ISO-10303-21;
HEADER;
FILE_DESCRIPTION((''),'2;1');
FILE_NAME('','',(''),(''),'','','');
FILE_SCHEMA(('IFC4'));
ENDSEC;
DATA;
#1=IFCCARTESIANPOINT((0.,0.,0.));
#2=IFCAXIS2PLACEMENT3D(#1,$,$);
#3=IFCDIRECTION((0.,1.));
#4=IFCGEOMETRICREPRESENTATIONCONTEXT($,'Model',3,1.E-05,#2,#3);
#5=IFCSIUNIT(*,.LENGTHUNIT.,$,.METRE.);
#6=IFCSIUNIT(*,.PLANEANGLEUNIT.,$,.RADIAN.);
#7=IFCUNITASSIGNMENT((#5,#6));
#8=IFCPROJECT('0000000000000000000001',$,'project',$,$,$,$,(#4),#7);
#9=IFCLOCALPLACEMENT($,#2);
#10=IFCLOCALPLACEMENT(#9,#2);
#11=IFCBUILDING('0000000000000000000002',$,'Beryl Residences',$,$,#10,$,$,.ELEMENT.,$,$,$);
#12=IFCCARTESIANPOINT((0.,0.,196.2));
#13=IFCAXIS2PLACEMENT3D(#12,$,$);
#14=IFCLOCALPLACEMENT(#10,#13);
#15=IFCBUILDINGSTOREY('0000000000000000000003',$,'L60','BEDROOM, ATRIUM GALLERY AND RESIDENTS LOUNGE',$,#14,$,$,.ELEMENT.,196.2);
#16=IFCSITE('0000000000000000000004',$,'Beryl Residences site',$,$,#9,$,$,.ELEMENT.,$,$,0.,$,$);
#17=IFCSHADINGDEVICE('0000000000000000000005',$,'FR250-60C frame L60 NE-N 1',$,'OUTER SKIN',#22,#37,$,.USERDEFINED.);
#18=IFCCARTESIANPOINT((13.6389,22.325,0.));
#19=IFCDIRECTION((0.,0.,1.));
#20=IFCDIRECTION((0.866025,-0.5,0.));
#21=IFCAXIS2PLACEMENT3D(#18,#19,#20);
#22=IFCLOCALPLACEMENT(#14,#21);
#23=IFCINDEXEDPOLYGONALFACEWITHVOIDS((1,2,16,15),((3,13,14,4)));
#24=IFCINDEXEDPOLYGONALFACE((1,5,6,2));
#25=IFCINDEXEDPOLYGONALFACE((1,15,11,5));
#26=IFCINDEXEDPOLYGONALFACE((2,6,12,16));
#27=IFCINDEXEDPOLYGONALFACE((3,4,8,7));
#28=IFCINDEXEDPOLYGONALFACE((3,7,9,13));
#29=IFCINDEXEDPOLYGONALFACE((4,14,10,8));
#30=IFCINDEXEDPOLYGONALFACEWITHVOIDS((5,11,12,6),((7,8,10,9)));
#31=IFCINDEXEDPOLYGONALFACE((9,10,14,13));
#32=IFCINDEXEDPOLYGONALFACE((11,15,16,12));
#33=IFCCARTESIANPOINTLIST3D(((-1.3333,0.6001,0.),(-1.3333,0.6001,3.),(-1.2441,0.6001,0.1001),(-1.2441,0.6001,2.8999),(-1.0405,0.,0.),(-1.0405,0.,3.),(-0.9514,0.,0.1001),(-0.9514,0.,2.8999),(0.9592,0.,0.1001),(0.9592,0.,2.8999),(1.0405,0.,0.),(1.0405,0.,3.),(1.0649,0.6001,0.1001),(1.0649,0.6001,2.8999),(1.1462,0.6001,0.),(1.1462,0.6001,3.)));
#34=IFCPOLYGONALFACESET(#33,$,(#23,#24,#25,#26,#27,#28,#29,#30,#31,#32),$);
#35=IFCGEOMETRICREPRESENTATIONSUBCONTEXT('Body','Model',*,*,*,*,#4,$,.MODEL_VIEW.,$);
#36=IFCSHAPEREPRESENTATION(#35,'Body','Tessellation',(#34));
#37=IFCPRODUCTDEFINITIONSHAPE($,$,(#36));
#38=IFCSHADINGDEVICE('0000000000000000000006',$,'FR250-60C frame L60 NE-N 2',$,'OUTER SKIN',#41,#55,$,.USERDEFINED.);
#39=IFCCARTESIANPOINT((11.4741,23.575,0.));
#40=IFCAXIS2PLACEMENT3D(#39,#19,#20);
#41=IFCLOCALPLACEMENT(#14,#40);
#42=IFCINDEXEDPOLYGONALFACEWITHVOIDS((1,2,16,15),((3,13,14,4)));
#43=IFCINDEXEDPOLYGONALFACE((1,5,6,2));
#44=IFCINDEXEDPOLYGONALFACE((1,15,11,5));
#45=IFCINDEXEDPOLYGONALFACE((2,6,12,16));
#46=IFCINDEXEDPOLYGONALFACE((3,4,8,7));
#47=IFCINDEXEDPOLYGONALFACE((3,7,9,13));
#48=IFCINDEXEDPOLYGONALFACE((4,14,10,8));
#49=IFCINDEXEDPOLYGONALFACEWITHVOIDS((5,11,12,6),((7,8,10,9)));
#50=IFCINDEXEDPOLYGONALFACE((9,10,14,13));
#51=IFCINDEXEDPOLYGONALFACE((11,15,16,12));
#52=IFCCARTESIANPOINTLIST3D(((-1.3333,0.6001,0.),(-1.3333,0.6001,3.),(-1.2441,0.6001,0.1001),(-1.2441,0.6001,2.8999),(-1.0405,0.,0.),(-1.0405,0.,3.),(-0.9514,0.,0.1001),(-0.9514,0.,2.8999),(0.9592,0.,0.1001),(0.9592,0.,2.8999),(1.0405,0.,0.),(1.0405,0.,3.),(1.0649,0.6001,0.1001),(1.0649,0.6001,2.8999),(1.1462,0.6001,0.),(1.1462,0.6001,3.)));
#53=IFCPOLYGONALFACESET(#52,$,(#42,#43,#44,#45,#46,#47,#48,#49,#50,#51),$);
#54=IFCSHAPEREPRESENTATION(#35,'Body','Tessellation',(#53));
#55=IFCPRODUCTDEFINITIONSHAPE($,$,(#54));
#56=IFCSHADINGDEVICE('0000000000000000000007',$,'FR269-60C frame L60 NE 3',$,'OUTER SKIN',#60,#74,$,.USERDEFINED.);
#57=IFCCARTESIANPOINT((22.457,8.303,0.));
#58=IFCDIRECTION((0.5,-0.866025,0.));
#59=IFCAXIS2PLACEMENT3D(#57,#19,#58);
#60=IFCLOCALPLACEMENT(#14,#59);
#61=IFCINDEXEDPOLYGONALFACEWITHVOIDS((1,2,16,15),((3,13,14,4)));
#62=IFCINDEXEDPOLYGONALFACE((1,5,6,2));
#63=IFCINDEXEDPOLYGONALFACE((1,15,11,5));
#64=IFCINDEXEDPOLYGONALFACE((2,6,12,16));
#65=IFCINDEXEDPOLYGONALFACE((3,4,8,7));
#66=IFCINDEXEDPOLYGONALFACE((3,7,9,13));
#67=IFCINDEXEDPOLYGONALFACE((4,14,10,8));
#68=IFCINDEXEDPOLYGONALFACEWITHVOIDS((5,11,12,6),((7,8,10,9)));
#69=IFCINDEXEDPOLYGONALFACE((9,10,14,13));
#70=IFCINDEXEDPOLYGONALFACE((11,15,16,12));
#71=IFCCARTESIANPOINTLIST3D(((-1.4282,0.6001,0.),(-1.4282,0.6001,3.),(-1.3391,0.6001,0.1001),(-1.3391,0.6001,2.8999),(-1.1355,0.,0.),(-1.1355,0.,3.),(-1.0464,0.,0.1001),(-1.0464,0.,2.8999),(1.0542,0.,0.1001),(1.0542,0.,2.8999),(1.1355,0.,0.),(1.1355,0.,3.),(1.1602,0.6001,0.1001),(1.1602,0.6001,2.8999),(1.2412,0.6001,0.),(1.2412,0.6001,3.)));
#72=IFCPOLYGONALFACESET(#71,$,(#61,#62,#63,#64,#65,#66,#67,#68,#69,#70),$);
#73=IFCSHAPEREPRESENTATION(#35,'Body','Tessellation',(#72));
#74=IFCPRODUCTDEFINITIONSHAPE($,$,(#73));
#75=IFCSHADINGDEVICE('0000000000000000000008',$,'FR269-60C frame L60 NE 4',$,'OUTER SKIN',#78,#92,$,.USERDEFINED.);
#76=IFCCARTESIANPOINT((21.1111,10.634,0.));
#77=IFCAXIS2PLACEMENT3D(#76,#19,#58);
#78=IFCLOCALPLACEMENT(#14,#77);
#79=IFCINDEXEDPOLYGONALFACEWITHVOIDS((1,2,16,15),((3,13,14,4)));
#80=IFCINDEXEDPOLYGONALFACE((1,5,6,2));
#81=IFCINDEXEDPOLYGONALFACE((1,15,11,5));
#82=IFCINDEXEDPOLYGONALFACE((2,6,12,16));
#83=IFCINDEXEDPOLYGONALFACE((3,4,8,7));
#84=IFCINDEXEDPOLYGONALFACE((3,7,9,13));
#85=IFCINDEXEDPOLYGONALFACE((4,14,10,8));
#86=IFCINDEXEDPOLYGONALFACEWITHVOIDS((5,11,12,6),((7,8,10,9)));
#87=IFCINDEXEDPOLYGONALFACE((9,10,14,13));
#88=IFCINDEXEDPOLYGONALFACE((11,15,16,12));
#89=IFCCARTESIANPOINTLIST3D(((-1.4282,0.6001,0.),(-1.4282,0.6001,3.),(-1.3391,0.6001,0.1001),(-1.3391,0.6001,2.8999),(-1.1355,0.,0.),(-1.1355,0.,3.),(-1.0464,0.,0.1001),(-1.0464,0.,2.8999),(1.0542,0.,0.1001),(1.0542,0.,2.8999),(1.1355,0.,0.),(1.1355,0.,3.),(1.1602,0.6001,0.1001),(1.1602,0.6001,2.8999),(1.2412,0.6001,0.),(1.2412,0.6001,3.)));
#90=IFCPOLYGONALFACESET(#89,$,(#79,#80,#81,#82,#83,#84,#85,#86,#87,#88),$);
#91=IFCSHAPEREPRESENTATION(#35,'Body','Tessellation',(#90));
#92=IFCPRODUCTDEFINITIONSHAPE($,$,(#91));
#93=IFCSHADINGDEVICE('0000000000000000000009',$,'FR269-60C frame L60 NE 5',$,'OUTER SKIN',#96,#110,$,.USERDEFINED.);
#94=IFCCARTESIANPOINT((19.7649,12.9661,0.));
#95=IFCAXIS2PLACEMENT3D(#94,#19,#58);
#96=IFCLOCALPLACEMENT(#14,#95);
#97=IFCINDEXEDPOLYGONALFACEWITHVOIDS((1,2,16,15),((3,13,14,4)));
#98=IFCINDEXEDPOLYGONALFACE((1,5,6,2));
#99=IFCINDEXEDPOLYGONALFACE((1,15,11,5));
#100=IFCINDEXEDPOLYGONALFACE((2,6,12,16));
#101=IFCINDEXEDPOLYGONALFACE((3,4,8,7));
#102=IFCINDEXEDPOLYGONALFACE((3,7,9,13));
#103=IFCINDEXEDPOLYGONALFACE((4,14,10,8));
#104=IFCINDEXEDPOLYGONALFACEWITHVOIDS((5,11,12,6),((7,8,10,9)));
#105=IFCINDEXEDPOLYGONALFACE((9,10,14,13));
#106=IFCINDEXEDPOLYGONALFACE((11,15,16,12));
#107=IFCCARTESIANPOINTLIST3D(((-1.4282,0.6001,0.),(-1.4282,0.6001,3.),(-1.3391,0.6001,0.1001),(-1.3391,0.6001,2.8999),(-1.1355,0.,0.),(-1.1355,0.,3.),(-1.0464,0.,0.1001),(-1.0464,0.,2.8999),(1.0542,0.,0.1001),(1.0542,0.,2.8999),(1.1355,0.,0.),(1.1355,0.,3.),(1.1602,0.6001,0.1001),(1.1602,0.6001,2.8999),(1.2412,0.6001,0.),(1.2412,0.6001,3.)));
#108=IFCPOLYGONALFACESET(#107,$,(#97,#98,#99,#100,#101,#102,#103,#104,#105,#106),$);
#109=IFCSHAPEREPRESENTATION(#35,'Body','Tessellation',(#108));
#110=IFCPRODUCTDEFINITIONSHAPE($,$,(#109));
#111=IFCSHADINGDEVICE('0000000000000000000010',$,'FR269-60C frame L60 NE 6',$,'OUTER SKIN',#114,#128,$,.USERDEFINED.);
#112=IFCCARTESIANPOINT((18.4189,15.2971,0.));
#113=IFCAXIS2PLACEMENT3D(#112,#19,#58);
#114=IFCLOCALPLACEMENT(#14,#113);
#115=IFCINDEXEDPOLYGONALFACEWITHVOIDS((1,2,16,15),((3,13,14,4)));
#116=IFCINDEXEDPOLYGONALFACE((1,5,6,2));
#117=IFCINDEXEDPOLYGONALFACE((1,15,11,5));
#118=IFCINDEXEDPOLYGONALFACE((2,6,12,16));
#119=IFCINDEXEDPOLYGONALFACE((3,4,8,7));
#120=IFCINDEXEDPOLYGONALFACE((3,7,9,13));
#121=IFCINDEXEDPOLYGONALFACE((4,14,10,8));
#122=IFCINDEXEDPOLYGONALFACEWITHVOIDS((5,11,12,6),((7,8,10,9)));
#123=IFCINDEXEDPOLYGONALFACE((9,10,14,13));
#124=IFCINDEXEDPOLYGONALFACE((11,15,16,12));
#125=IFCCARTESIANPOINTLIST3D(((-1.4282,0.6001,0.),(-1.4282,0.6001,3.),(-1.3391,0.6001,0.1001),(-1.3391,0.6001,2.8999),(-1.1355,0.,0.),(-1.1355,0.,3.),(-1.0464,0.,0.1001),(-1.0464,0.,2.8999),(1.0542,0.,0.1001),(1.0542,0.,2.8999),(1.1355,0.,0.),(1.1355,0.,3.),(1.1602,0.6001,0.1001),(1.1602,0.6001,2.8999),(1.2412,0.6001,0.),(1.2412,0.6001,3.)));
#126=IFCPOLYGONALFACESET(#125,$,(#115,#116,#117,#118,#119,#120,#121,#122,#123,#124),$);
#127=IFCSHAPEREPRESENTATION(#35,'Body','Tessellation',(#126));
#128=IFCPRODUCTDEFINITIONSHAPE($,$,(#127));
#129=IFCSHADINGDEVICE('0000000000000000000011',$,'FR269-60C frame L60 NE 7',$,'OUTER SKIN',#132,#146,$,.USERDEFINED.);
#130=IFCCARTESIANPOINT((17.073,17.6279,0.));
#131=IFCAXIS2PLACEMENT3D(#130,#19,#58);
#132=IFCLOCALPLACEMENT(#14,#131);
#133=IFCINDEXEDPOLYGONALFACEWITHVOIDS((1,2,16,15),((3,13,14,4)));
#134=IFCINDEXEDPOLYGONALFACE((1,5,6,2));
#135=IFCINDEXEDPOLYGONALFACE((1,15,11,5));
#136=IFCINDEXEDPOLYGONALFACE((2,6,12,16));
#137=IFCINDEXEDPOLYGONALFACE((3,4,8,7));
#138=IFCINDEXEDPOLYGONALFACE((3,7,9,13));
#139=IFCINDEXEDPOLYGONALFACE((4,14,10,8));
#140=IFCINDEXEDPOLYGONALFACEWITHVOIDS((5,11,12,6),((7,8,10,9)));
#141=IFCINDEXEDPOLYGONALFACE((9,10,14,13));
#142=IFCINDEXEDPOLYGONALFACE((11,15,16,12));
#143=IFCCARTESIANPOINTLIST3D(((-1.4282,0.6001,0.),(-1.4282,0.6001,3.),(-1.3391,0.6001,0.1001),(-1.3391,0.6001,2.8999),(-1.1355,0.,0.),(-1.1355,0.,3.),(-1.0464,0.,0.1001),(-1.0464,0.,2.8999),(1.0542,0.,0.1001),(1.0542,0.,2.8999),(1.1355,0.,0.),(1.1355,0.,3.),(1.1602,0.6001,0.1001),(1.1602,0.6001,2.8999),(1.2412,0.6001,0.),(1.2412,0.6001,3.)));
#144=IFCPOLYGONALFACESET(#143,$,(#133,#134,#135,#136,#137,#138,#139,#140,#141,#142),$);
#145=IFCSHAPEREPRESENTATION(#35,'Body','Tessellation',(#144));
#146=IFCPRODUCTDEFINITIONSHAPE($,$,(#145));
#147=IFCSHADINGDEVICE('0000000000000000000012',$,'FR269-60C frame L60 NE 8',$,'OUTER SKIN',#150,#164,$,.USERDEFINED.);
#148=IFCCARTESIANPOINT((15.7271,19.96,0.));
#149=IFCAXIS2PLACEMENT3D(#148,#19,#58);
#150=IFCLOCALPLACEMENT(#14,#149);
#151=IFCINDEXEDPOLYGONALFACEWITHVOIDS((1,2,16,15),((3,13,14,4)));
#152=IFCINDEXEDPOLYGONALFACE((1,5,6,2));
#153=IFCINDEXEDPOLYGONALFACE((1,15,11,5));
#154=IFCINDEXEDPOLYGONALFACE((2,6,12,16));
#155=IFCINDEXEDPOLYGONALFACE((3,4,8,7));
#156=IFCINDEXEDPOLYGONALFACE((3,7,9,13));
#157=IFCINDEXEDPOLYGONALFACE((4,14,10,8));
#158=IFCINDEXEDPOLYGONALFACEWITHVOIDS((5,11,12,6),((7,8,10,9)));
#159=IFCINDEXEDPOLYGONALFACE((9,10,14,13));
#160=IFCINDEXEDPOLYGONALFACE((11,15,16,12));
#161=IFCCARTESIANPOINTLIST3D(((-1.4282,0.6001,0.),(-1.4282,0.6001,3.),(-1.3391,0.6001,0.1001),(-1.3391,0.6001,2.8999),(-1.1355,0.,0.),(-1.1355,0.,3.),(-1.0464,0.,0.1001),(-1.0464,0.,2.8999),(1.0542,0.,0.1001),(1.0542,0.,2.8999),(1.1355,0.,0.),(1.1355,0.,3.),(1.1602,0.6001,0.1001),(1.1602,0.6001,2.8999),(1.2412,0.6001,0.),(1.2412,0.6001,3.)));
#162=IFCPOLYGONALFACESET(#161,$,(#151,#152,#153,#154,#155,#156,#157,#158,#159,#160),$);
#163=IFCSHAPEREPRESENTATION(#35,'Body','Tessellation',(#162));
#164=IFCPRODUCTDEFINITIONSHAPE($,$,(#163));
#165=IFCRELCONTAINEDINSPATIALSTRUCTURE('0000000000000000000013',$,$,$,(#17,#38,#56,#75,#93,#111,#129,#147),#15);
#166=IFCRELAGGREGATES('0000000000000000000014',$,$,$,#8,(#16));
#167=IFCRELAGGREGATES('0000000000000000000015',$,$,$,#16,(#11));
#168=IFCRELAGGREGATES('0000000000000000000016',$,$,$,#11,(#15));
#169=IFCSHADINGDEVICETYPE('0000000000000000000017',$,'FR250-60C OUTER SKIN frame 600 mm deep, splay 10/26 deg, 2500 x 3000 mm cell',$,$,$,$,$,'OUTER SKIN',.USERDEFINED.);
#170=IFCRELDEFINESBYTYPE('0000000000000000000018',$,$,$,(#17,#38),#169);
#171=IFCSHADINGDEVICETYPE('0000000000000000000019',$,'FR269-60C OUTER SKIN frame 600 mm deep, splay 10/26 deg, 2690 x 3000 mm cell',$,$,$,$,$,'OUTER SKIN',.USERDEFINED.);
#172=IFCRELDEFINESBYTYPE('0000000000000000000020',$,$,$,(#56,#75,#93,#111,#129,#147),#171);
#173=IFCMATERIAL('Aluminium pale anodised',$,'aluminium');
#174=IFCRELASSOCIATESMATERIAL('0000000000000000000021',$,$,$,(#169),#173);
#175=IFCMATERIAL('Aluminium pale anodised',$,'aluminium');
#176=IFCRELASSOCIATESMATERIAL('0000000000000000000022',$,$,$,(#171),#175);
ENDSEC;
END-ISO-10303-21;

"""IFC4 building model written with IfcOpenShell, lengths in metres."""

from ifc_helpers import new_model, entity, si_unit, direction, frame, origin, place, context, subcontext, project, spatial, source, transform, mapped, material, type_object, type_shapes, element, save


model = new_model("IFC4")

# Units and contexts
model_context = context("Model", 3, precision=1e-05, world=origin(), true_north=direction((0.0, 1.0)))
body_context = subcontext(model_context, "Body", "Model", "MODEL_VIEW")
ifc_project = project(units=[si_unit("LENGTHUNIT", "METRE"), si_unit("PLANEANGLEUNIT", "RADIAN")], contexts=[model_context])

# Site, building, storey
site_placement = place(None, origin())
site = spatial("IfcSite", under=ifc_project, at=site_placement, Name="Beryl Residences site", CompositionType="ELEMENT", RefElevation=0.0)
building_placement = place(site_placement, origin())
building = spatial("IfcBuilding", under=site, at=building_placement, Name="Beryl Residences", CompositionType="ELEMENT")
storey_placement = place(building_placement, frame((0.0, 0.0, 196.2)))
storey = spatial("IfcBuildingStorey", under=building, at=storey_placement, Name="L60", Description="BEDROOM, ATRIUM GALLERY AND RESIDENTS LOUNGE", CompositionType="ELEMENT", Elevation=196.2)

# Shading devices
ifc_material_1 = material(Name="Aluminium pale anodised", Category="aluminium")
shading_device_type_1 = type_object("IfcShadingDeviceType", Name="FR250-60C OUTER SKIN frame 600 mm deep, splay 10/26 deg, 2500 x 3000 mm cell", ElementType="OUTER SKIN", PredefinedType="USERDEFINED", material=ifc_material_1)
cartesian_point_1 = entity("IfcCartesianPoint", [-1.0405, 0.0])
cartesian_point_2 = entity("IfcCartesianPoint", [-0.9592, 0.1001])
cartesian_point_3 = entity("IfcCartesianPoint", [-1.1462, 0.0])
cartesian_point_4 = entity("IfcCartesianPoint", [-1.0649, 0.1001])
shared_shape_1 = source(origin(), body_context, "Body", "SweptSolid", [
    entity("IfcExtrudedAreaSolidTapered", entity("IfcArbitraryProfileDefWithVoids", "AREA", None, entity("IfcPolyline", [cartesian_point_1, entity("IfcCartesianPoint", [1.0405, 0.0]), entity("IfcCartesianPoint", [1.0405, 3.0]), entity("IfcCartesianPoint", [-1.0405, 3.0]), cartesian_point_1]), [entity("IfcPolyline", [cartesian_point_2, entity("IfcCartesianPoint", [0.9514, 0.1001]), entity("IfcCartesianPoint", [0.9514, 2.8999]), entity("IfcCartesianPoint", [-0.9592, 2.8999]), cartesian_point_2])]), entity("IfcAxis2Placement3D", entity("IfcCartesianPoint", [0.0, 0.0, 0.0]), entity("IfcDirection", [0.0, 1.0, 0.0]), entity("IfcDirection", [-1.0, 0.0, 0.0])), entity("IfcDirection", [0.0, 0.0, 1.0]), 0.6001, entity("IfcArbitraryProfileDefWithVoids", "AREA", None, entity("IfcPolyline", [cartesian_point_3, entity("IfcCartesianPoint", [1.3333, 0.0]), entity("IfcCartesianPoint", [1.3333, 3.0]), entity("IfcCartesianPoint", [-1.1462, 3.0]), cartesian_point_3]), [entity("IfcPolyline", [cartesian_point_4, entity("IfcCartesianPoint", [1.2441, 0.1001]), entity("IfcCartesianPoint", [1.2441, 2.8999]), entity("IfcCartesianPoint", [-1.0649, 2.8999]), cartesian_point_4])])),
])
type_shapes(shading_device_type_1, [shared_shape_1])
for number, where, z_axis, x_axis, name in (
    (1, (13.6389, 22.325, 0.0), (0.0, 0.0, 1.0), (0.866025, -0.5, 0.0), "FR250-60C frame L60 NE-N 1"),
    (2, (11.4741, 23.575, 0.0), (0.0, 0.0, 1.0), (0.866025, -0.5, 0.0), "FR250-60C frame L60 NE-N 2"),
):
    element("IfcShadingDevice", number, at=place(storey_placement, frame(where, z_axis=z_axis, x_axis=x_axis)), inside=storey, type_object=shading_device_type_1, Name=name, ObjectType="OUTER SKIN", PredefinedType="USERDEFINED", context=body_context, shape_type="MappedRepresentation", body=[
        mapped(shared_shape_1, transform((0.0, 0.0, 0.0))),
    ])
ifc_material_2 = material(Name="Aluminium pale anodised", Category="aluminium")
shading_device_type_2 = type_object("IfcShadingDeviceType", Name="FR269-60C OUTER SKIN frame 600 mm deep, splay 10/26 deg, 2690 x 3000 mm cell", ElementType="OUTER SKIN", PredefinedType="USERDEFINED", material=ifc_material_2)
cartesian_point_5 = entity("IfcCartesianPoint", [-1.1355, 0.0])
cartesian_point_6 = entity("IfcCartesianPoint", [-1.0542, 0.1001])
cartesian_point_7 = entity("IfcCartesianPoint", [-1.2412, 0.0])
cartesian_point_8 = entity("IfcCartesianPoint", [-1.1602, 0.1001])
shared_shape_2 = source(origin(), body_context, "Body", "SweptSolid", [
    entity("IfcExtrudedAreaSolidTapered", entity("IfcArbitraryProfileDefWithVoids", "AREA", None, entity("IfcPolyline", [cartesian_point_5, entity("IfcCartesianPoint", [1.1355, 0.0]), entity("IfcCartesianPoint", [1.1355, 3.0]), entity("IfcCartesianPoint", [-1.1355, 3.0]), cartesian_point_5]), [entity("IfcPolyline", [cartesian_point_6, entity("IfcCartesianPoint", [1.0464, 0.1001]), entity("IfcCartesianPoint", [1.0464, 2.8999]), entity("IfcCartesianPoint", [-1.0542, 2.8999]), cartesian_point_6])]), entity("IfcAxis2Placement3D", entity("IfcCartesianPoint", [0.0, 0.0, 0.0]), entity("IfcDirection", [0.0, 1.0, 0.0]), entity("IfcDirection", [-1.0, 0.0, 0.0])), entity("IfcDirection", [0.0, 0.0, 1.0]), 0.6001, entity("IfcArbitraryProfileDefWithVoids", "AREA", None, entity("IfcPolyline", [cartesian_point_7, entity("IfcCartesianPoint", [1.4282, 0.0]), entity("IfcCartesianPoint", [1.4282, 3.0]), entity("IfcCartesianPoint", [-1.2412, 3.0]), cartesian_point_7]), [entity("IfcPolyline", [cartesian_point_8, entity("IfcCartesianPoint", [1.3391, 0.1001]), entity("IfcCartesianPoint", [1.3391, 2.8999]), entity("IfcCartesianPoint", [-1.1602, 2.8999]), cartesian_point_8])])),
])
type_shapes(shading_device_type_2, [shared_shape_2])
for number, where, z_axis, x_axis, name in (
    (3, (22.457, 8.303, 0.0), (0.0, 0.0, 1.0), (0.5, -0.866025, 0.0), "FR269-60C frame L60 NE 3"),
    (4, (21.1111, 10.634, 0.0), (0.0, 0.0, 1.0), (0.5, -0.866025, 0.0), "FR269-60C frame L60 NE 4"),
    (5, (19.7649, 12.9661, 0.0), (0.0, 0.0, 1.0), (0.5, -0.866025, 0.0), "FR269-60C frame L60 NE 5"),
    (6, (18.4189, 15.2971, 0.0), (0.0, 0.0, 1.0), (0.5, -0.866025, 0.0), "FR269-60C frame L60 NE 6"),
    (7, (17.073, 17.6279, 0.0), (0.0, 0.0, 1.0), (0.5, -0.866025, 0.0), "FR269-60C frame L60 NE 7"),
    (8, (15.7271, 19.96, 0.0), (0.0, 0.0, 1.0), (0.5, -0.866025, 0.0), "FR269-60C frame L60 NE 8"),
):
    element("IfcShadingDevice", number, at=place(storey_placement, frame(where, z_axis=z_axis, x_axis=x_axis)), inside=storey, type_object=shading_device_type_2, Name=name, ObjectType="OUTER SKIN", PredefinedType="USERDEFINED", context=body_context, shape_type="MappedRepresentation", body=[
        mapped(shared_shape_2, transform((0.0, 0.0, 0.0))),
    ])

save(model, "model.ifc")
